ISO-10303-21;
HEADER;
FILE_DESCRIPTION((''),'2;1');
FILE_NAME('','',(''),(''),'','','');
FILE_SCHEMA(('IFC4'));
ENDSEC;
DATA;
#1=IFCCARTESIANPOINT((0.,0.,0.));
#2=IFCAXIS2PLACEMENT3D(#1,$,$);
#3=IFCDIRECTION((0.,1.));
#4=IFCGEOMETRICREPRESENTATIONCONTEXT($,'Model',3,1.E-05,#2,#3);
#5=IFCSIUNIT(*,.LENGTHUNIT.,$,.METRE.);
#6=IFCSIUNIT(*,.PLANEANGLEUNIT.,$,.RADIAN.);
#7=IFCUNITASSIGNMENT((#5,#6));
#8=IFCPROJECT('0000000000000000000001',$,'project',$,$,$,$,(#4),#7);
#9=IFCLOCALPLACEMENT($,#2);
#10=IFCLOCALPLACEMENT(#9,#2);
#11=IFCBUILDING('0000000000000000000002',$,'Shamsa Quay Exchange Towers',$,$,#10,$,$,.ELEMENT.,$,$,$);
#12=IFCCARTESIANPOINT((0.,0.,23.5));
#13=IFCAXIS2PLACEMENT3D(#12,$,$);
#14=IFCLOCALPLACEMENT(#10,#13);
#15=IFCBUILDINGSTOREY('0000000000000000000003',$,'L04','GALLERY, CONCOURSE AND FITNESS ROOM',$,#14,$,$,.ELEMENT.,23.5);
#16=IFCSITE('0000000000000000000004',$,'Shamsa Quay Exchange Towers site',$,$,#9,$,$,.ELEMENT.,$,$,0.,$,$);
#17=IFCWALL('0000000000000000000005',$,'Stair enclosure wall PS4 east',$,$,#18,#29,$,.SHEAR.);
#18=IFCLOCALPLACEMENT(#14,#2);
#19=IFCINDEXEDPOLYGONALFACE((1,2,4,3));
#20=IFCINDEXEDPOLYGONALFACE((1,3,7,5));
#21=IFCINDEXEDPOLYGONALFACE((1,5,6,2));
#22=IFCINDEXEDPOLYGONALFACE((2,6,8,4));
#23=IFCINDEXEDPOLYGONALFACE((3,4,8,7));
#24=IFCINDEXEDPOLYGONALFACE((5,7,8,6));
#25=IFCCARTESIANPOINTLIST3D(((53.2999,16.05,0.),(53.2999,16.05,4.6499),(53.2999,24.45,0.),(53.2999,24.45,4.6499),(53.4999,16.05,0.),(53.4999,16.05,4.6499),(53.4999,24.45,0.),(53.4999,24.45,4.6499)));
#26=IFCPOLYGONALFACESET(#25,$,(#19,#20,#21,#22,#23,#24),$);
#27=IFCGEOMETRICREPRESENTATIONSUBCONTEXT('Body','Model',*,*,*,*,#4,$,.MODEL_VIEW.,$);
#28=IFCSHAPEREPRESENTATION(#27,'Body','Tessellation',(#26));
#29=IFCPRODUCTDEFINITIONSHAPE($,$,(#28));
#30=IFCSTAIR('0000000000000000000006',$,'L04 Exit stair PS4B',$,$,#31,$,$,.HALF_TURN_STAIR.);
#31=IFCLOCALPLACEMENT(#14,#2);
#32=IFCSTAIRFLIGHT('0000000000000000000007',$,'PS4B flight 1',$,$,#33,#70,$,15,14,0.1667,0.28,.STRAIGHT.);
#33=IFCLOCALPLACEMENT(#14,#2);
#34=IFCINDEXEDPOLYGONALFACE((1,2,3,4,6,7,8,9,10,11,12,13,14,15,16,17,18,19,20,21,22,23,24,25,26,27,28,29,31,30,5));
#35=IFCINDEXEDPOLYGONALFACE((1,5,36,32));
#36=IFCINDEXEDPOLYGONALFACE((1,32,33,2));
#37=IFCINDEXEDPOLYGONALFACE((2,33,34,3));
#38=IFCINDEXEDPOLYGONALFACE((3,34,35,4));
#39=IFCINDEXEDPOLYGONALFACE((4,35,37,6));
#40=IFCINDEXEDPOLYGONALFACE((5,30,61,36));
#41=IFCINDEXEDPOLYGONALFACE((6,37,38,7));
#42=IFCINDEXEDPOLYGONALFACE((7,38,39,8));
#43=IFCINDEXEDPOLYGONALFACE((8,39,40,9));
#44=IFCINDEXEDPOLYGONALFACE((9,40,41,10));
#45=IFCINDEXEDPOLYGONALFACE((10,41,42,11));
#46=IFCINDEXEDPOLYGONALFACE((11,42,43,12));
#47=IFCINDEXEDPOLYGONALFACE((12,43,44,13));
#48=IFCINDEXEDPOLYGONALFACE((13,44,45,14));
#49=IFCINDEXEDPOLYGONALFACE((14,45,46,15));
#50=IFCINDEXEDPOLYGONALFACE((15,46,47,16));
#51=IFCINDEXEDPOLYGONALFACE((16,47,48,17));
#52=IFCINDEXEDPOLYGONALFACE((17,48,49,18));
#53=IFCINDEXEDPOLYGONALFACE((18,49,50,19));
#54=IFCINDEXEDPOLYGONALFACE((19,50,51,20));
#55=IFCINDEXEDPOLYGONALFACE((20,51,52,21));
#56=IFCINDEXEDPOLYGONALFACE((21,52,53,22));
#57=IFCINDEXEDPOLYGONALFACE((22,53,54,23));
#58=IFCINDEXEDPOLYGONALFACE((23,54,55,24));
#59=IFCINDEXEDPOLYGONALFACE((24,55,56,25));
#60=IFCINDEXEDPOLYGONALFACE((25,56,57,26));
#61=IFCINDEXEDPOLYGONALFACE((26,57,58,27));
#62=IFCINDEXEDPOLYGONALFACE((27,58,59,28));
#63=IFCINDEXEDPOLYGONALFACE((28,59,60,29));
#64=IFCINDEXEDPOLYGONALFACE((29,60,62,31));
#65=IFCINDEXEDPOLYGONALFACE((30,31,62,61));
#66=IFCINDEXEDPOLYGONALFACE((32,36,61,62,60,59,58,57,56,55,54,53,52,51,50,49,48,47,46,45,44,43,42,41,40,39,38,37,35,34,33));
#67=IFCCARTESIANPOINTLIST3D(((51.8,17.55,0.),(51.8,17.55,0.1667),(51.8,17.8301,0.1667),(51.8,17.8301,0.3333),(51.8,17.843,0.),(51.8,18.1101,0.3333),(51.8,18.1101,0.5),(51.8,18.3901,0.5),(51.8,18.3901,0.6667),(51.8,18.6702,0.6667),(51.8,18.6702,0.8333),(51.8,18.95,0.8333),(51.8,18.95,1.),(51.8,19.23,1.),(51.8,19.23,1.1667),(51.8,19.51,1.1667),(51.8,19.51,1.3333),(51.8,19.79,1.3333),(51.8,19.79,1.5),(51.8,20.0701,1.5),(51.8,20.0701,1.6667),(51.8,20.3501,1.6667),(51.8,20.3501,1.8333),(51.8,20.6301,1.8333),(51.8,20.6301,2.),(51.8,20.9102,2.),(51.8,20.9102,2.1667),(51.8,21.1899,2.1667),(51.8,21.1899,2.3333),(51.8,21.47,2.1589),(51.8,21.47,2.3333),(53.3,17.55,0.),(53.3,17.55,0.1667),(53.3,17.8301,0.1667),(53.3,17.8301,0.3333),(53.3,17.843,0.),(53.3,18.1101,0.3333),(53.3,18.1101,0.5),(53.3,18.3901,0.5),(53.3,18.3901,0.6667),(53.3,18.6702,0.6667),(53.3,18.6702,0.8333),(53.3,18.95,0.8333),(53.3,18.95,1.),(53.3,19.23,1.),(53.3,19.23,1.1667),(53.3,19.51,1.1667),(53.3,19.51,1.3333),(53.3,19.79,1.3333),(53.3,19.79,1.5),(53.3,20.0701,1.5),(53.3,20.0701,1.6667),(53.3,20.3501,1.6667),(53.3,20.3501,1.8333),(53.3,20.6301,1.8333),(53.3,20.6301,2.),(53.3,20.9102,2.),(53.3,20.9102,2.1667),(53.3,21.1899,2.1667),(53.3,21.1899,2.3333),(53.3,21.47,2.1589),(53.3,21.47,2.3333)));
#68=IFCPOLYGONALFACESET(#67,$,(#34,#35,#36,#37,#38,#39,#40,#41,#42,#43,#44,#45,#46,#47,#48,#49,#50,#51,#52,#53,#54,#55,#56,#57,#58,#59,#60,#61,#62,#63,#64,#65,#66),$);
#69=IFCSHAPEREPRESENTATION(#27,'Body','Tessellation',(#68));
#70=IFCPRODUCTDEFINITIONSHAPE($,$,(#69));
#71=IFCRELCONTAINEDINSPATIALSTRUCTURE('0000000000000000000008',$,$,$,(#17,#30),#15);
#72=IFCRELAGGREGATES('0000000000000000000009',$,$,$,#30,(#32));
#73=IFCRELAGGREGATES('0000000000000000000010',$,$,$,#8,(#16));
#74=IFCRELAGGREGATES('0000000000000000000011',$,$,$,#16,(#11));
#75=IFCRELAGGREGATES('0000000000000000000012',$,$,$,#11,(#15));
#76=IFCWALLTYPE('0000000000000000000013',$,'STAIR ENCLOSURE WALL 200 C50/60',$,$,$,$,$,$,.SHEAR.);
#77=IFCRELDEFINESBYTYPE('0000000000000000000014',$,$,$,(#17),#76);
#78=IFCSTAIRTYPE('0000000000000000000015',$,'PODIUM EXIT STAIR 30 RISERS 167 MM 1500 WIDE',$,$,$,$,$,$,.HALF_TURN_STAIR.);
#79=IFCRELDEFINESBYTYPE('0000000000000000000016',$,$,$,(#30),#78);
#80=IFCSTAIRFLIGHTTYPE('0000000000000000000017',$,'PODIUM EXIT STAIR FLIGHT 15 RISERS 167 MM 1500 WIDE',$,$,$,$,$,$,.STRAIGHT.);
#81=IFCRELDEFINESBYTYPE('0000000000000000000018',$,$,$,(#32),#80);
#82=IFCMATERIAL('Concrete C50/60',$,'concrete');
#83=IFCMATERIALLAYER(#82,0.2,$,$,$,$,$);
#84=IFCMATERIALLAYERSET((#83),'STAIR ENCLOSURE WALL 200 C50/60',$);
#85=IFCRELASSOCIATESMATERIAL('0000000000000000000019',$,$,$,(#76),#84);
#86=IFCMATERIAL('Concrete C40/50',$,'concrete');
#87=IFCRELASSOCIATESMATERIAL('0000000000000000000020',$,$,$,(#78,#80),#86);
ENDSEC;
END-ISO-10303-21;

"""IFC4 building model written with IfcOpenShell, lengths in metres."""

from ifc_helpers import new_model, si_unit, direction, frame, frame_2d, origin, place, context, subcontext, project, spatial, polyline, rectangle, outline, extrude, material, layer, layer_set, type_object, element, aggregate, save


model = new_model("IFC4")

# Units and contexts
model_context = context("Model", 3, precision=1e-05, world=origin(), true_north=direction((0.0, 1.0)))
body_context = subcontext(model_context, "Body", "Model", "MODEL_VIEW")
ifc_project = project(units=[si_unit("LENGTHUNIT", "METRE"), si_unit("PLANEANGLEUNIT", "RADIAN")], contexts=[model_context])

# Site, building, storey
site_placement = place(None, origin())
site = spatial("IfcSite", under=ifc_project, at=site_placement, Name="Shamsa Quay Exchange Towers site", CompositionType="ELEMENT", RefElevation=0.0)
building_placement = place(site_placement, origin())
building = spatial("IfcBuilding", under=site, at=building_placement, Name="Shamsa Quay Exchange Towers", CompositionType="ELEMENT")
storey_placement = place(building_placement, frame((0.0, 0.0, 23.5)))
storey = spatial("IfcBuildingStorey", under=building, at=storey_placement, Name="L04", Description="GALLERY, CONCOURSE AND FITNESS ROOM", CompositionType="ELEMENT", Elevation=23.5)

# Wall
ifc_material_1 = material(Name="Concrete C50/60", Category="concrete")
ifc_layer_1 = layer(ifc_material_1, 0.2)
ifc_layer_set_1 = layer_set([ifc_layer_1], Name="STAIR ENCLOSURE WALL 200 C50/60")
wall_type = type_object("IfcWallType", Name="STAIR ENCLOSURE WALL 200 C50/60", PredefinedType="SHEAR", material=ifc_layer_set_1)
wall_placement = place(storey_placement, frame((53.3999, 16.05, 0.0), z_axis=(0.0, 0.0, 1.0), x_axis=(0.0, 1.0, 0.0)))
element("IfcWall", 1, at=wall_placement, inside=storey, type_object=wall_type, Name="Stair enclosure wall PS4 east", PredefinedType="SHEAR", context=body_context, shape_type="SweptSolid", body=[
    extrude(rectangle(XDim=8.3999, YDim=0.2, at=frame_2d((4.2, 0.0))), origin(), (0.0, 0.0, 1.0), 4.6499),
])

# Stair, stair flight
ifc_material_2 = material(Name="Concrete C40/50", Category="concrete")
stair_type = type_object("IfcStairType", Name="PODIUM EXIT STAIR 30 RISERS 167 MM 1500 WIDE", PredefinedType="HALF_TURN_STAIR", material=ifc_material_2)
stair_placement = place(storey_placement, origin())
stair = element("IfcStair", 2, at=stair_placement, inside=storey, type_object=stair_type, Name="L04 Exit stair PS4B", PredefinedType="HALF_TURN_STAIR")
stair_flight_type = type_object("IfcStairFlightType", Name="PODIUM EXIT STAIR FLIGHT 15 RISERS 167 MM 1500 WIDE", PredefinedType="STRAIGHT", material=ifc_material_2)
stair_flight_placement = place(storey_placement, frame((52.55, 17.55, 0.0), z_axis=(0.0, 0.0, 1.0), x_axis=(0.0, 1.0, 0.0)))
stair_flight = element("IfcStairFlight", 3, at=stair_flight_placement, type_object=stair_flight_type, Name="PS4B flight 1", NumberOfRisers=15, NumberOfTreads=14, PredefinedType="STRAIGHT", RiserHeight=0.1667, TreadLength=0.28, context=body_context, shape_type="SweptSolid", body=[
    extrude(outline(polyline([(0.0, 0.0), (0.0, 0.1667), (0.28, 0.1667), (0.28, 0.3333), (0.5601, 0.3333), (0.5601, 0.5), (0.8401, 0.5), (0.8401, 0.6667), (1.1201, 0.6667), (1.1201, 0.8333), (1.3999, 0.8333), (1.3999, 1.0), (1.6799, 1.0), (1.6799, 1.1667), (1.96, 1.1667), (1.96, 1.3333), (2.24, 1.3333), (2.24, 1.5), (2.52, 1.5), (2.52, 1.6667), (2.8, 1.6667), (2.8, 1.8333), (3.0801, 1.8333), (3.0801, 2.0), (3.3601, 2.0), (3.3601, 2.1667), (3.6399, 2.1667), (3.6399, 2.3333), (3.9199, 2.3333), (3.9199, 2.5), (3.9199, 2.1589), (0.293, 0.0), (0.0, 0.0)])), frame((0.0, 0.75, 0.0), z_axis=(0.0, -1.0, 0.0), x_axis=(1.0, 0.0, 0.0)), (0.0, 0.0, 1.0), 1.5),
])
aggregate(stair, [stair_flight])

save(model, "model.ifc")
